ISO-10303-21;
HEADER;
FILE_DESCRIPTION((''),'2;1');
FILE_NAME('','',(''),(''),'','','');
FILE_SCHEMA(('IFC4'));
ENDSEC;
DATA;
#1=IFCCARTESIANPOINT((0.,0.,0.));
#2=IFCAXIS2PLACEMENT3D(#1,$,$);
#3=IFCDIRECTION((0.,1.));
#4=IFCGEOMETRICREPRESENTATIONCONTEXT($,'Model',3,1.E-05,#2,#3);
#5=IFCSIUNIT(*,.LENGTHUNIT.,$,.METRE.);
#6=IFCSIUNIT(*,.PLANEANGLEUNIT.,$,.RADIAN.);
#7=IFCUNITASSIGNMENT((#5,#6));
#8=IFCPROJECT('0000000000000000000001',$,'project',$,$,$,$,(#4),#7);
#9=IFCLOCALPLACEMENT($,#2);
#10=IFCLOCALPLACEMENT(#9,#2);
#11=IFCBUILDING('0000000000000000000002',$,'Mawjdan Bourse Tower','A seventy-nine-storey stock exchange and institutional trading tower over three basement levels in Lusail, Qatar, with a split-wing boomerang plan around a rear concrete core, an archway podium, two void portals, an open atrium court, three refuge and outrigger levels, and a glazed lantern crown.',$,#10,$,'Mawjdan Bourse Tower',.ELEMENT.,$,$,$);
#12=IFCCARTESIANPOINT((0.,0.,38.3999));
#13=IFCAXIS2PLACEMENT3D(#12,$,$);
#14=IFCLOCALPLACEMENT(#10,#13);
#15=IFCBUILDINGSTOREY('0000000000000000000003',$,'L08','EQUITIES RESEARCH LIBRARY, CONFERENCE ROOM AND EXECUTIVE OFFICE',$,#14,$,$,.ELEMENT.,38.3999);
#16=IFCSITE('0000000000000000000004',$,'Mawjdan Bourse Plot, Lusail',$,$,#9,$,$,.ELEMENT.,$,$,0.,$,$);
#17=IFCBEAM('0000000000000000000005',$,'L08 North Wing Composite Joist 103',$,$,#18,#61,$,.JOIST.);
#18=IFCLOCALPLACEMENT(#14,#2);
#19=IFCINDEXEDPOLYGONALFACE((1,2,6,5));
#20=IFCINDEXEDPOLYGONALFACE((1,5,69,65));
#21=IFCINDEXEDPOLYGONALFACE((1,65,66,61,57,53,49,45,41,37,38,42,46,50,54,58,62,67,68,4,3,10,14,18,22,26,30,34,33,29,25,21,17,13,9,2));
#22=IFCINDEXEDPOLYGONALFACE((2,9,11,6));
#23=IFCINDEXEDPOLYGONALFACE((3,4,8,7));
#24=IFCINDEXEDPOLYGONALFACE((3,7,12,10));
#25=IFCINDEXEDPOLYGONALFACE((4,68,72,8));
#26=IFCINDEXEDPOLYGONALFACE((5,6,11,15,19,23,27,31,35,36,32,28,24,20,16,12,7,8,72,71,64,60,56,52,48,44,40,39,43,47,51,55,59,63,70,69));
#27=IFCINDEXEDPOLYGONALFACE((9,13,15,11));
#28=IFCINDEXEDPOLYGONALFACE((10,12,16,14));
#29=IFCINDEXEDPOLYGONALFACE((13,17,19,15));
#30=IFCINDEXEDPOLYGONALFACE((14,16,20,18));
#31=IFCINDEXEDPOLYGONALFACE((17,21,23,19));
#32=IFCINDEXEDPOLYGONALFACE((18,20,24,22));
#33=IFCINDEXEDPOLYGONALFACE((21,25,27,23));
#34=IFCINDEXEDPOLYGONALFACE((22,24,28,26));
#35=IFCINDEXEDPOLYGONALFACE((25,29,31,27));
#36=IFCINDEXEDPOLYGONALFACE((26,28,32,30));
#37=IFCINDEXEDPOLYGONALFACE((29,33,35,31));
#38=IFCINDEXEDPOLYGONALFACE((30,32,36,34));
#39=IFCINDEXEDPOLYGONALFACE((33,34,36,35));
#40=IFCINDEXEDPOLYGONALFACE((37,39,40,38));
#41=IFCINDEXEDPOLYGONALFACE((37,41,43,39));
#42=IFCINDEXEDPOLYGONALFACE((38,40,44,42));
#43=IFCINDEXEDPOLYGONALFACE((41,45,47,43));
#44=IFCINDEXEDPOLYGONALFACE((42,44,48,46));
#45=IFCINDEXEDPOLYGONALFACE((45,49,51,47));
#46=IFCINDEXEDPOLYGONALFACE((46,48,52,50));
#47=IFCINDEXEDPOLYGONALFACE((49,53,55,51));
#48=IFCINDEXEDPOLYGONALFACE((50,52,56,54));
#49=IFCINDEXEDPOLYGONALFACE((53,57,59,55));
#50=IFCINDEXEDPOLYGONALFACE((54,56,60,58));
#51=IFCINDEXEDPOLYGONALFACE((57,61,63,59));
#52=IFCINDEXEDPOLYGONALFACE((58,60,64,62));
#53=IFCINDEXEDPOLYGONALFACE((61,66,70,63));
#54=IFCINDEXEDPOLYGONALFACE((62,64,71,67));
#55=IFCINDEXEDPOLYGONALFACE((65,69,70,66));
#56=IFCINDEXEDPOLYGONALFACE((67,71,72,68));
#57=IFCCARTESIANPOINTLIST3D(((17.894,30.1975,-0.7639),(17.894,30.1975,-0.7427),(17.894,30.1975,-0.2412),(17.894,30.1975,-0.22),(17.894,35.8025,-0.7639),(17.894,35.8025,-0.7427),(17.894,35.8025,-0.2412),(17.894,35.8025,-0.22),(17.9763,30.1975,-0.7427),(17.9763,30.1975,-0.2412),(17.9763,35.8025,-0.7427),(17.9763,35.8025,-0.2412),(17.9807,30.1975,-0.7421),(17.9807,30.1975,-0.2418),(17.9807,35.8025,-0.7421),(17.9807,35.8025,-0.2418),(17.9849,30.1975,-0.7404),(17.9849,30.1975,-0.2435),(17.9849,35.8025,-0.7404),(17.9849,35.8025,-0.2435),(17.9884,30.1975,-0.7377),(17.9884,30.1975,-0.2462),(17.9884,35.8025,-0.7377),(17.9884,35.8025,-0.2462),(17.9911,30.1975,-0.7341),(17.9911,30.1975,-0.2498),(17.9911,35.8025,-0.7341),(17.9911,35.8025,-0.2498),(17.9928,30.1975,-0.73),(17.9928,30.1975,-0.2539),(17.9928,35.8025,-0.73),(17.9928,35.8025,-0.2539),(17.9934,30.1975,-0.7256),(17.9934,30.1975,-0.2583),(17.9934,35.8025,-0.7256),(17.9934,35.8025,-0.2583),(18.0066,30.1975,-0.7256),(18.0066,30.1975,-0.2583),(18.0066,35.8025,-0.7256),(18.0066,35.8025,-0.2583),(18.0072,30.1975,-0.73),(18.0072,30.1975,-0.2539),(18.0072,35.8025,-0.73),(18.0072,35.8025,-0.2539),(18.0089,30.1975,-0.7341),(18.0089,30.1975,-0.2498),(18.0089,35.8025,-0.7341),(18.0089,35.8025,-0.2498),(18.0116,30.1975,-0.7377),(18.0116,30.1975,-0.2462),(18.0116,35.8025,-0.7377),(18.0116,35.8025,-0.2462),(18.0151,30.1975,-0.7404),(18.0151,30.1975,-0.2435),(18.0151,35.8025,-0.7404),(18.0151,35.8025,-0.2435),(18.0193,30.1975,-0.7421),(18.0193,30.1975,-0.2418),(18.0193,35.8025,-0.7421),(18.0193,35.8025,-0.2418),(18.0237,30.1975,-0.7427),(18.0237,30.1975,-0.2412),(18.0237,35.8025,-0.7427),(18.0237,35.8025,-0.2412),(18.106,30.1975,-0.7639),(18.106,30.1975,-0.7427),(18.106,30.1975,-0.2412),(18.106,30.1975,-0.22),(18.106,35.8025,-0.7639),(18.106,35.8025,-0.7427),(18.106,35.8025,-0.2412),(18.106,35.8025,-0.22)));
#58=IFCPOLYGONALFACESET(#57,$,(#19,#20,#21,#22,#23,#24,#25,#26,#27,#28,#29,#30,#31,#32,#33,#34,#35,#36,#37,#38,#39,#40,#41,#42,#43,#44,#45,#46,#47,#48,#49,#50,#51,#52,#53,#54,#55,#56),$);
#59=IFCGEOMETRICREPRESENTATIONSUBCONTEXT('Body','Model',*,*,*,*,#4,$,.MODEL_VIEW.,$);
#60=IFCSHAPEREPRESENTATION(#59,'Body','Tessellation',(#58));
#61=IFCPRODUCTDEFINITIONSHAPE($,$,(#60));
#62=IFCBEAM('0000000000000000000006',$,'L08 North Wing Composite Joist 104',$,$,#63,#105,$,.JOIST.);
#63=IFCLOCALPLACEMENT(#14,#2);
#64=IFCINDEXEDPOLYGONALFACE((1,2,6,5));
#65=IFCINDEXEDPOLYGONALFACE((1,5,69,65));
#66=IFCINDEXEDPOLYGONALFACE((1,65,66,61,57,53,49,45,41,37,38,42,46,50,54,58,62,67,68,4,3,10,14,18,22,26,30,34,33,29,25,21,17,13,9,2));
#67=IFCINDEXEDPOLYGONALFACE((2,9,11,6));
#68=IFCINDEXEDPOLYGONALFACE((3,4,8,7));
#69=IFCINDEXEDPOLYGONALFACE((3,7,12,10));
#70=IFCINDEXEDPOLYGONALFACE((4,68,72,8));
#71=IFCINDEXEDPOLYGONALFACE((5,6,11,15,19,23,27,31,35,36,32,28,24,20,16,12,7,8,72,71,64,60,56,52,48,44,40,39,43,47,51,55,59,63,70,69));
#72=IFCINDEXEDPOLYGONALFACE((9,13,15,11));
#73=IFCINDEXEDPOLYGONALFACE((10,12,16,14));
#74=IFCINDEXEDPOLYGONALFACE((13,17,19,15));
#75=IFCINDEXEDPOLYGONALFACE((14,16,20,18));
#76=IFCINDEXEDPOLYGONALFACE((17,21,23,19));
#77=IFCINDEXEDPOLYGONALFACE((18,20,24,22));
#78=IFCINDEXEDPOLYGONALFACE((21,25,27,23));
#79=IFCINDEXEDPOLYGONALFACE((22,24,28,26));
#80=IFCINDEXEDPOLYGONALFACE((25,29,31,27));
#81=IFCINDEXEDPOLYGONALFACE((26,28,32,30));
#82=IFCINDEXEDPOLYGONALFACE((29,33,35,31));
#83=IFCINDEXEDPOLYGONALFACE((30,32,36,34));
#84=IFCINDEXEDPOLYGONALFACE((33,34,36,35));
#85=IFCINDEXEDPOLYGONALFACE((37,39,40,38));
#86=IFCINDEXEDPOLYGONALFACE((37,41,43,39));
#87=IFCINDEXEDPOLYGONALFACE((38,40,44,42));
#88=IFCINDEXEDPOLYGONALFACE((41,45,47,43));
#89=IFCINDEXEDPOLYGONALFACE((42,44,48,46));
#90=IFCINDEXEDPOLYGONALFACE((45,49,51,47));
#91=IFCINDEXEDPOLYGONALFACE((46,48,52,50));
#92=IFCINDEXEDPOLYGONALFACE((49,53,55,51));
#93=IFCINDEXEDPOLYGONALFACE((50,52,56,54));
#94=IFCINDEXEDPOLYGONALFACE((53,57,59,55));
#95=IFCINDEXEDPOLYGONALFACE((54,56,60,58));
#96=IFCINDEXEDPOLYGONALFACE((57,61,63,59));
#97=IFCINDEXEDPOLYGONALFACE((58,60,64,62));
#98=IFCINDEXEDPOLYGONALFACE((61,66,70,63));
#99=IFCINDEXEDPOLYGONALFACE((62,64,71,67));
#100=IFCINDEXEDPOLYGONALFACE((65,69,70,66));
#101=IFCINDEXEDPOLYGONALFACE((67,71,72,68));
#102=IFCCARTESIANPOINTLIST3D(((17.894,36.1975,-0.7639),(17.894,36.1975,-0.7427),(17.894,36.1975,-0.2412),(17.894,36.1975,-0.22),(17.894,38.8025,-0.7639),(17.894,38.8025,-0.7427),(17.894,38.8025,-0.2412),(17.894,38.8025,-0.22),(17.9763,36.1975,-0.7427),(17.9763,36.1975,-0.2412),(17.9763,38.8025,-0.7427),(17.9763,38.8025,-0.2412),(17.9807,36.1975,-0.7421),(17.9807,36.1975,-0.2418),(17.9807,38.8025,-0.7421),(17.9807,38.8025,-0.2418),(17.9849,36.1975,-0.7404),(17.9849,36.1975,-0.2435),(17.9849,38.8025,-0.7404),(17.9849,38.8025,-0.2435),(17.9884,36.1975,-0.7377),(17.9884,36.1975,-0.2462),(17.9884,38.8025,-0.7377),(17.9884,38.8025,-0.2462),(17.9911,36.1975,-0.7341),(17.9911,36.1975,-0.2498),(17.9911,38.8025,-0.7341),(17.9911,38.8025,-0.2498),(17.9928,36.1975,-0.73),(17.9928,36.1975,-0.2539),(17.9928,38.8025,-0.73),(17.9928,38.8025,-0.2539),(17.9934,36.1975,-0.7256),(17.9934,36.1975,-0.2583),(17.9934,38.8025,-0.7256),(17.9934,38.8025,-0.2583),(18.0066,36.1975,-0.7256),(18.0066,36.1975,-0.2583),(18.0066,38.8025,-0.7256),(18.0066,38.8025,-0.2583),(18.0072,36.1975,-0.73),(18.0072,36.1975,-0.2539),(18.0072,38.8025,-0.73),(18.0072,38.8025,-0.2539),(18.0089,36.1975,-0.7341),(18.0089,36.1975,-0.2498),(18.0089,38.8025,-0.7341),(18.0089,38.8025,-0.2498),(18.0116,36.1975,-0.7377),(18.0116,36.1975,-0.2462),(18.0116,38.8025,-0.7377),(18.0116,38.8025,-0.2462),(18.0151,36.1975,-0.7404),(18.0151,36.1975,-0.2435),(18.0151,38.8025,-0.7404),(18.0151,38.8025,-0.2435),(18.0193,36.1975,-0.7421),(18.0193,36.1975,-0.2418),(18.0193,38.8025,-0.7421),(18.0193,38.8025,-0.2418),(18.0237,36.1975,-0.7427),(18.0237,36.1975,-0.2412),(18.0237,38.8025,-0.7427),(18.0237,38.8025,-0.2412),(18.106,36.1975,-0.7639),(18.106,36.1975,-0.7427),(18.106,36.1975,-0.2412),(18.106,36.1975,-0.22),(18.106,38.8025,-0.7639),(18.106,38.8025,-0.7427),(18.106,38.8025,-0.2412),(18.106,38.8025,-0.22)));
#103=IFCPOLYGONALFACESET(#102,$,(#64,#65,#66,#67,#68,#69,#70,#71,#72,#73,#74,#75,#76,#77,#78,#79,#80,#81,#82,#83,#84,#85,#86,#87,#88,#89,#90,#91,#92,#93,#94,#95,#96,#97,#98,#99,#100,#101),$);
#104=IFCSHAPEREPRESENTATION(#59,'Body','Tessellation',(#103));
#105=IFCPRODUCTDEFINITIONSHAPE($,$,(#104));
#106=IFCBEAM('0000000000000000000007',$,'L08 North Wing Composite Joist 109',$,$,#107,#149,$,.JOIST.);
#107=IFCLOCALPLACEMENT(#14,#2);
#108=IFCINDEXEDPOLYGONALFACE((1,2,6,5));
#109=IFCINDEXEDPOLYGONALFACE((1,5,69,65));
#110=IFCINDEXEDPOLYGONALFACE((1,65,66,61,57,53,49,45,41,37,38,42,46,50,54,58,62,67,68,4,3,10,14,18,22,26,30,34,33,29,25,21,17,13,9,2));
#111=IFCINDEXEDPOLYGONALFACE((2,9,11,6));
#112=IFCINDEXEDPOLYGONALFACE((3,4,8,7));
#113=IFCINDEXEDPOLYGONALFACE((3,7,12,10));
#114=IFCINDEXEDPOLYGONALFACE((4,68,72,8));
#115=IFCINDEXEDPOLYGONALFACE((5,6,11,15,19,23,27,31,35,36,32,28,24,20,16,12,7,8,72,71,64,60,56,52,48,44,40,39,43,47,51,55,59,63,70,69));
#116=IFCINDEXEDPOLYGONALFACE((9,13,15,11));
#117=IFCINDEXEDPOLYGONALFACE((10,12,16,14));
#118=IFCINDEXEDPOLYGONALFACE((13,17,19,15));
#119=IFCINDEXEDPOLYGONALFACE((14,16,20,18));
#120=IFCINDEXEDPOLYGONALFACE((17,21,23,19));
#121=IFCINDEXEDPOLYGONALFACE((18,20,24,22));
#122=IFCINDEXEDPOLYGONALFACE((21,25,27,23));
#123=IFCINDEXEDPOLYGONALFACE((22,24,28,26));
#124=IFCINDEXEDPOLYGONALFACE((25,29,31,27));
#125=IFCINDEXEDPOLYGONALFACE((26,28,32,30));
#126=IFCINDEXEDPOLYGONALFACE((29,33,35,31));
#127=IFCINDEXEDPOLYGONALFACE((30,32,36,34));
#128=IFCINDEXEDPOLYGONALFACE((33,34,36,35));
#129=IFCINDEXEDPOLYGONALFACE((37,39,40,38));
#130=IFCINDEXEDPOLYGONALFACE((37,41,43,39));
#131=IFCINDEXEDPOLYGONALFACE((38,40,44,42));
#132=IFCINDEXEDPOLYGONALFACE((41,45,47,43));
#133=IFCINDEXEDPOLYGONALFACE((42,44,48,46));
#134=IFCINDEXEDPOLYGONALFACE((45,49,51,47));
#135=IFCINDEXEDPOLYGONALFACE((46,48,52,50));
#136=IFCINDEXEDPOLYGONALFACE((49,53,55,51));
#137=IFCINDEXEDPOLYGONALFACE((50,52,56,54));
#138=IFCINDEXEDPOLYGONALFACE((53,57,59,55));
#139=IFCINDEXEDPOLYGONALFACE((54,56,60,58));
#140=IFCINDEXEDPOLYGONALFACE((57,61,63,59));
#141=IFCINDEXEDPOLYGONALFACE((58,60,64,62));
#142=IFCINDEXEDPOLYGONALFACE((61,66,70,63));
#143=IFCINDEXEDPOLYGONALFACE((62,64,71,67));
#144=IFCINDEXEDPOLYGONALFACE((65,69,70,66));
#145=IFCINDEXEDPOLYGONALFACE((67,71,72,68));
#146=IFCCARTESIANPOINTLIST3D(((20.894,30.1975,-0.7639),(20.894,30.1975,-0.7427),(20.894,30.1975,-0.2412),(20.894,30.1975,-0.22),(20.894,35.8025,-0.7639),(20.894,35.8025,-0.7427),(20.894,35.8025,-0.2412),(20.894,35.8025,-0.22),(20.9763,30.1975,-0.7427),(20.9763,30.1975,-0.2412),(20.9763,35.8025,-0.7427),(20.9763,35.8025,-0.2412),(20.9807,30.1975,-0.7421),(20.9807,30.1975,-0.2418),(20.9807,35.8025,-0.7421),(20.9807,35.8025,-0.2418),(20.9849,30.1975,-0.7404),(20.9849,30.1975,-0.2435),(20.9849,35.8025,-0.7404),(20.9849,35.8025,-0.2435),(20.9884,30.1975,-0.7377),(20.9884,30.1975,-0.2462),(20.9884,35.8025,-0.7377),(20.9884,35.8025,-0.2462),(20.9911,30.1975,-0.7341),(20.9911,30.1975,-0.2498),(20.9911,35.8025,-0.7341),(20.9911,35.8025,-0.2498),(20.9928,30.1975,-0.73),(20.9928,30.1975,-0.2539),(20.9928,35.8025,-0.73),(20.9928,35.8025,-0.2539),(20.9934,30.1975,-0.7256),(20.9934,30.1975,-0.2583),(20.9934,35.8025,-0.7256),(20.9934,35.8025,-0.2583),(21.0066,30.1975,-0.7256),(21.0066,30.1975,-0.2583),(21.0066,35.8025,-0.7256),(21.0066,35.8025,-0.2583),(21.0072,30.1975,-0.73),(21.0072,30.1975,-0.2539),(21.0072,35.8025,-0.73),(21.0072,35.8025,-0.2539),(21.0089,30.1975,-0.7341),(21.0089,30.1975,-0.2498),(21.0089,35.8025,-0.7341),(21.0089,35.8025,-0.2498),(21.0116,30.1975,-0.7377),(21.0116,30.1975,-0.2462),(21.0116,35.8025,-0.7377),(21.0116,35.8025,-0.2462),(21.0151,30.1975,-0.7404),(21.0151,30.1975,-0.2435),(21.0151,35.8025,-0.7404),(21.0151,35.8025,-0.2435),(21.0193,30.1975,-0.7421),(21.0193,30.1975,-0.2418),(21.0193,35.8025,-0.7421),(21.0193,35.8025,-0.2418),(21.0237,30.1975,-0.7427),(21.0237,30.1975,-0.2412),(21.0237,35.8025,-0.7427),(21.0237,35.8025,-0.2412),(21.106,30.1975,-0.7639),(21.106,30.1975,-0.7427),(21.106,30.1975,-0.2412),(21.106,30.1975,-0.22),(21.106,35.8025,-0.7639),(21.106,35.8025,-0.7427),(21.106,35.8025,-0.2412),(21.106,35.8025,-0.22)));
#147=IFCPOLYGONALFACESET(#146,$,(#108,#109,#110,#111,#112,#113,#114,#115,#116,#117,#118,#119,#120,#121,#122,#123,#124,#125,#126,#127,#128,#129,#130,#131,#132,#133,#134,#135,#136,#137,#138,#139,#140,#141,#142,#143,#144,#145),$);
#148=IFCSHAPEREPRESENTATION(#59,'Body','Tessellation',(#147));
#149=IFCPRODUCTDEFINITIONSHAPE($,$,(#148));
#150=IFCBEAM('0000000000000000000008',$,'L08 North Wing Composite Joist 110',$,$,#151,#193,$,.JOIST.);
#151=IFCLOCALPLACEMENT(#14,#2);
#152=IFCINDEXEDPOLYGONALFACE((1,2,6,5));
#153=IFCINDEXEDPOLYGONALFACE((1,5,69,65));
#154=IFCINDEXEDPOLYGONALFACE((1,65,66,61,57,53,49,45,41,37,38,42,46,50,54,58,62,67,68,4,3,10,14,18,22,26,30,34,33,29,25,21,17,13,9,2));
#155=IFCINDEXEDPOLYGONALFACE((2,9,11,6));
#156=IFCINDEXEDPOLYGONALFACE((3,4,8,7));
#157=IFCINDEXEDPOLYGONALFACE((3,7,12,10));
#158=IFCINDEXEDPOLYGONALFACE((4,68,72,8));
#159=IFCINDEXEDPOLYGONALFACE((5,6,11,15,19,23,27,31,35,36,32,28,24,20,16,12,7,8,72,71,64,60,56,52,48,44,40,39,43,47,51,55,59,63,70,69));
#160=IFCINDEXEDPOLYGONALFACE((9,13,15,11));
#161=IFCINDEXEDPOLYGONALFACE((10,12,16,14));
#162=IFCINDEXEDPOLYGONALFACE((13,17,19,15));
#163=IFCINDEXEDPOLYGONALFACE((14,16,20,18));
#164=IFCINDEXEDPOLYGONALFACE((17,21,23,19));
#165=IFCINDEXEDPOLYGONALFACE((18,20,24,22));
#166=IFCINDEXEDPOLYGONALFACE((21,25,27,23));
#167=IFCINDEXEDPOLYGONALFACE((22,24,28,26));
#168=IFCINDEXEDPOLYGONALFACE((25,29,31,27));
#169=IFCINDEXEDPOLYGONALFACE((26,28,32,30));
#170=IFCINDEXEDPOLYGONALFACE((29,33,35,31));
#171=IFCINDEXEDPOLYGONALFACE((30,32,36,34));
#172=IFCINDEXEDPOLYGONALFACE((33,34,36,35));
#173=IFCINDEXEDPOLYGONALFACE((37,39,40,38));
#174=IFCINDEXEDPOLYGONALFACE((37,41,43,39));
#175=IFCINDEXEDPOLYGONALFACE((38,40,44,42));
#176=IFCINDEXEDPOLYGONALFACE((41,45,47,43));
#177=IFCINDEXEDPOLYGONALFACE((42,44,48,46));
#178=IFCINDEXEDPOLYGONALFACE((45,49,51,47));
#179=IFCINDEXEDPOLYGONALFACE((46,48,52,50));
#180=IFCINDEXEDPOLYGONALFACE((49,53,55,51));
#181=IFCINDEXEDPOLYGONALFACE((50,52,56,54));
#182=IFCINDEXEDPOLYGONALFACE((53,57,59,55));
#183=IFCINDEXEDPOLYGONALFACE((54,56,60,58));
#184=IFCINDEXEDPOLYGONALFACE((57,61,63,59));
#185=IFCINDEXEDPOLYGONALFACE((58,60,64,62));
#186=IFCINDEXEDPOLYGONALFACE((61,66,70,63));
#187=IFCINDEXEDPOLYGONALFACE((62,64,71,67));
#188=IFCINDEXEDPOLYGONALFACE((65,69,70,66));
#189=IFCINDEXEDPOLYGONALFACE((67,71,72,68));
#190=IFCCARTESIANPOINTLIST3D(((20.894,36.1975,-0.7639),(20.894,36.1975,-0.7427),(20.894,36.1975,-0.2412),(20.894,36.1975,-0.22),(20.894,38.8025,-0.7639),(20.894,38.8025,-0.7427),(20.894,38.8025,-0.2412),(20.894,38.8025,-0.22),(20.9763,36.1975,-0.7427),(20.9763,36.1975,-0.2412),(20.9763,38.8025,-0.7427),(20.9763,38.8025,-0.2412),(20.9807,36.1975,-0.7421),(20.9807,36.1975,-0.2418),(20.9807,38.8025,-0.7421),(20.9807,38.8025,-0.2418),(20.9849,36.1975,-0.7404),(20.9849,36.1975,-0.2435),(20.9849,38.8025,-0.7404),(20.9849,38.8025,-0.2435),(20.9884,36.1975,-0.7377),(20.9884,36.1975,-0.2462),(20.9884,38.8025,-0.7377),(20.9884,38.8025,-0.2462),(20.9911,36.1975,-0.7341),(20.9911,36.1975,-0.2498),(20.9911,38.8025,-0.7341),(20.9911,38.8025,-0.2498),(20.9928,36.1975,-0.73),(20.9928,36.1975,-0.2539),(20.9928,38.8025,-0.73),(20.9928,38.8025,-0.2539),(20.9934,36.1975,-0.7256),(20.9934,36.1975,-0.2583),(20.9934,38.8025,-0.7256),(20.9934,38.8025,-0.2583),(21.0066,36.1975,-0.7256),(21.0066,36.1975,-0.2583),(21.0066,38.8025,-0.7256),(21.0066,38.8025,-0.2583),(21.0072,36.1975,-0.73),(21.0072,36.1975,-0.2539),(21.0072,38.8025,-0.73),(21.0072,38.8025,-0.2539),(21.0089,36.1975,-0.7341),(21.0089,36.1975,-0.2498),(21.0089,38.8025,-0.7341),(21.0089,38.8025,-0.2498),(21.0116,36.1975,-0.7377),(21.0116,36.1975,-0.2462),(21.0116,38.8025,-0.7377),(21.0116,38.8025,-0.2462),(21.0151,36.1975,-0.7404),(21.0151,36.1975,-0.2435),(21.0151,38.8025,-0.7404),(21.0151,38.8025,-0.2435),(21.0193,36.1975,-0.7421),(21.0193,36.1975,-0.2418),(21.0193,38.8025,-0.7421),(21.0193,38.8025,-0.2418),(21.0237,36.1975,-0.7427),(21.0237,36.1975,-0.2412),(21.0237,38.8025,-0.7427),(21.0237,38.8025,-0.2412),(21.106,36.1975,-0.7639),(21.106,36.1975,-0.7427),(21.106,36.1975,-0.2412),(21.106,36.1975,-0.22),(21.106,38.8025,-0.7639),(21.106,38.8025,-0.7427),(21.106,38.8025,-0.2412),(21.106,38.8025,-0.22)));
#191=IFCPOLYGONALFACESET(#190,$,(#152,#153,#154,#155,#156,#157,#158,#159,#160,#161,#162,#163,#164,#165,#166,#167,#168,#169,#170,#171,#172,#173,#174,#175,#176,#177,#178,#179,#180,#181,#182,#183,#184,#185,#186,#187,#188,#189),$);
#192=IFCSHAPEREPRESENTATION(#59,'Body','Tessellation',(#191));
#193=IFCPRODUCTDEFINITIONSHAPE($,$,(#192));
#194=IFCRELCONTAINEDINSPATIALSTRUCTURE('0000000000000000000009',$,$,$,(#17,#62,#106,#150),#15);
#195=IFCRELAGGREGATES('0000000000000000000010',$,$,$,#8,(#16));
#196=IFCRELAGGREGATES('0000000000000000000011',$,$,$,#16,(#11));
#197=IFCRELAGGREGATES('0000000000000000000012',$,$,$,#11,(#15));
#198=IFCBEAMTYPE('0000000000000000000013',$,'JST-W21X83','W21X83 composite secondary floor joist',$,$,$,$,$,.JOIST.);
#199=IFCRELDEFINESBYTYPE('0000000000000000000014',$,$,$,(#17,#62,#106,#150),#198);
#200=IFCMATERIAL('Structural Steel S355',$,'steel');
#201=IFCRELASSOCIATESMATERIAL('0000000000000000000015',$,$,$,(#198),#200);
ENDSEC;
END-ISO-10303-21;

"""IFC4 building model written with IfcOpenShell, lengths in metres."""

from ifc_helpers import new_model, si_unit, direction, frame, origin, origin_2d, place, context, subcontext, project, spatial, i_section, extrude, material, material_profile, profile_set, type_object, element, save


model = new_model("IFC4")

# Units and contexts
model_context = context("Model", 3, precision=1e-05, world=origin(), true_north=direction((0.0, 1.0)))
body_context = subcontext(model_context, "Body", "Model", "MODEL_VIEW")
ifc_project = project(units=[si_unit("LENGTHUNIT", "METRE"), si_unit("PLANEANGLEUNIT", "RADIAN")], contexts=[model_context])

# Site, building, storey
site_placement = place(None, origin())
site = spatial("IfcSite", under=ifc_project, at=site_placement, Name="Mawjdan Bourse Plot, Lusail", CompositionType="ELEMENT", RefElevation=0.0)
building_placement = place(site_placement, origin())
building = spatial("IfcBuilding", under=site, at=building_placement, Name="Mawjdan Bourse Tower", Description="A seventy-nine-storey stock exchange and institutional trading tower over three basement levels in Lusail, Qatar, with a split-wing boomerang plan around a rear concrete core, an archway podium, two void portals, an open atrium court, three refuge and outrigger levels, and a glazed lantern crown.", LongName="Mawjdan Bourse Tower", CompositionType="ELEMENT")
storey_placement = place(building_placement, frame((0.0, 0.0, 38.3999)))
storey = spatial("IfcBuildingStorey", under=building, at=storey_placement, Name="L08", Description="EQUITIES RESEARCH LIBRARY, CONFERENCE ROOM AND EXECUTIVE OFFICE", CompositionType="ELEMENT", Elevation=38.3999)

# Beams
ifc_material_1 = material(Name="Structural Steel S355", Category="steel")
ifc_material_profile_1 = material_profile(ifc_material_1, i_section(OverallWidth=0.2119, OverallDepth=0.5439, WebThickness=0.0132, FlangeThickness=0.0212, FilletRadius=0.0171, at=origin_2d()), Name="W21X83")
ifc_profile_set_1 = profile_set([ifc_material_profile_1], Name="Structural Steel S355")
beam_type_1 = type_object("IfcBeamType", Name="JST-W21X83", Description="W21X83 composite secondary floor joist", PredefinedType="JOIST", material=ifc_profile_set_1)
beam_1_placement = place(storey_placement, frame((18.0, 30.1975, -0.4919), z_axis=(0.0, 1.0, 0.0), x_axis=(-1.0, 0.0, 0.0)))
element("IfcBeam", 1, at=beam_1_placement, inside=storey, type_object=beam_type_1, Name="L08 North Wing Composite Joist 103", PredefinedType="JOIST", context=body_context, shape_type="SweptSolid", body=[
    extrude(i_section(OverallWidth=0.2119, OverallDepth=0.5439, WebThickness=0.0132, FlangeThickness=0.0212, FilletRadius=0.0171, at=origin_2d()), origin(), (0.0, 0.0, 1.0), 5.605),
])
beam_2_placement = place(storey_placement, frame((18.0, 36.1975, -0.4919), z_axis=(0.0, 1.0, 0.0), x_axis=(-1.0, 0.0, 0.0)))
element("IfcBeam", 2, at=beam_2_placement, inside=storey, type_object=beam_type_1, Name="L08 North Wing Composite Joist 104", PredefinedType="JOIST", context=body_context, shape_type="SweptSolid", body=[
    extrude(i_section(OverallWidth=0.2119, OverallDepth=0.5439, WebThickness=0.0132, FlangeThickness=0.0212, FilletRadius=0.0171, at=origin_2d()), origin(), (0.0, 0.0, 1.0), 2.605),
])
beam_3_placement = place(storey_placement, frame((21.0, 30.1975, -0.4919), z_axis=(0.0, 1.0, 0.0), x_axis=(-1.0, 0.0, 0.0)))
element("IfcBeam", 3, at=beam_3_placement, inside=storey, type_object=beam_type_1, Name="L08 North Wing Composite Joist 109", PredefinedType="JOIST", context=body_context, shape_type="SweptSolid", body=[
    extrude(i_section(OverallWidth=0.2119, OverallDepth=0.5439, WebThickness=0.0132, FlangeThickness=0.0212, FilletRadius=0.0171, at=origin_2d()), origin(), (0.0, 0.0, 1.0), 5.605),
])
beam_4_placement = place(storey_placement, frame((21.0, 36.1975, -0.4919), z_axis=(0.0, 1.0, 0.0), x_axis=(-1.0, 0.0, 0.0)))
element("IfcBeam", 4, at=beam_4_placement, inside=storey, type_object=beam_type_1, Name="L08 North Wing Composite Joist 110", PredefinedType="JOIST", context=body_context, shape_type="SweptSolid", body=[
    extrude(i_section(OverallWidth=0.2119, OverallDepth=0.5439, WebThickness=0.0132, FlangeThickness=0.0212, FilletRadius=0.0171, at=origin_2d()), origin(), (0.0, 0.0, 1.0), 2.605),
])

save(model, "model.ifc")
